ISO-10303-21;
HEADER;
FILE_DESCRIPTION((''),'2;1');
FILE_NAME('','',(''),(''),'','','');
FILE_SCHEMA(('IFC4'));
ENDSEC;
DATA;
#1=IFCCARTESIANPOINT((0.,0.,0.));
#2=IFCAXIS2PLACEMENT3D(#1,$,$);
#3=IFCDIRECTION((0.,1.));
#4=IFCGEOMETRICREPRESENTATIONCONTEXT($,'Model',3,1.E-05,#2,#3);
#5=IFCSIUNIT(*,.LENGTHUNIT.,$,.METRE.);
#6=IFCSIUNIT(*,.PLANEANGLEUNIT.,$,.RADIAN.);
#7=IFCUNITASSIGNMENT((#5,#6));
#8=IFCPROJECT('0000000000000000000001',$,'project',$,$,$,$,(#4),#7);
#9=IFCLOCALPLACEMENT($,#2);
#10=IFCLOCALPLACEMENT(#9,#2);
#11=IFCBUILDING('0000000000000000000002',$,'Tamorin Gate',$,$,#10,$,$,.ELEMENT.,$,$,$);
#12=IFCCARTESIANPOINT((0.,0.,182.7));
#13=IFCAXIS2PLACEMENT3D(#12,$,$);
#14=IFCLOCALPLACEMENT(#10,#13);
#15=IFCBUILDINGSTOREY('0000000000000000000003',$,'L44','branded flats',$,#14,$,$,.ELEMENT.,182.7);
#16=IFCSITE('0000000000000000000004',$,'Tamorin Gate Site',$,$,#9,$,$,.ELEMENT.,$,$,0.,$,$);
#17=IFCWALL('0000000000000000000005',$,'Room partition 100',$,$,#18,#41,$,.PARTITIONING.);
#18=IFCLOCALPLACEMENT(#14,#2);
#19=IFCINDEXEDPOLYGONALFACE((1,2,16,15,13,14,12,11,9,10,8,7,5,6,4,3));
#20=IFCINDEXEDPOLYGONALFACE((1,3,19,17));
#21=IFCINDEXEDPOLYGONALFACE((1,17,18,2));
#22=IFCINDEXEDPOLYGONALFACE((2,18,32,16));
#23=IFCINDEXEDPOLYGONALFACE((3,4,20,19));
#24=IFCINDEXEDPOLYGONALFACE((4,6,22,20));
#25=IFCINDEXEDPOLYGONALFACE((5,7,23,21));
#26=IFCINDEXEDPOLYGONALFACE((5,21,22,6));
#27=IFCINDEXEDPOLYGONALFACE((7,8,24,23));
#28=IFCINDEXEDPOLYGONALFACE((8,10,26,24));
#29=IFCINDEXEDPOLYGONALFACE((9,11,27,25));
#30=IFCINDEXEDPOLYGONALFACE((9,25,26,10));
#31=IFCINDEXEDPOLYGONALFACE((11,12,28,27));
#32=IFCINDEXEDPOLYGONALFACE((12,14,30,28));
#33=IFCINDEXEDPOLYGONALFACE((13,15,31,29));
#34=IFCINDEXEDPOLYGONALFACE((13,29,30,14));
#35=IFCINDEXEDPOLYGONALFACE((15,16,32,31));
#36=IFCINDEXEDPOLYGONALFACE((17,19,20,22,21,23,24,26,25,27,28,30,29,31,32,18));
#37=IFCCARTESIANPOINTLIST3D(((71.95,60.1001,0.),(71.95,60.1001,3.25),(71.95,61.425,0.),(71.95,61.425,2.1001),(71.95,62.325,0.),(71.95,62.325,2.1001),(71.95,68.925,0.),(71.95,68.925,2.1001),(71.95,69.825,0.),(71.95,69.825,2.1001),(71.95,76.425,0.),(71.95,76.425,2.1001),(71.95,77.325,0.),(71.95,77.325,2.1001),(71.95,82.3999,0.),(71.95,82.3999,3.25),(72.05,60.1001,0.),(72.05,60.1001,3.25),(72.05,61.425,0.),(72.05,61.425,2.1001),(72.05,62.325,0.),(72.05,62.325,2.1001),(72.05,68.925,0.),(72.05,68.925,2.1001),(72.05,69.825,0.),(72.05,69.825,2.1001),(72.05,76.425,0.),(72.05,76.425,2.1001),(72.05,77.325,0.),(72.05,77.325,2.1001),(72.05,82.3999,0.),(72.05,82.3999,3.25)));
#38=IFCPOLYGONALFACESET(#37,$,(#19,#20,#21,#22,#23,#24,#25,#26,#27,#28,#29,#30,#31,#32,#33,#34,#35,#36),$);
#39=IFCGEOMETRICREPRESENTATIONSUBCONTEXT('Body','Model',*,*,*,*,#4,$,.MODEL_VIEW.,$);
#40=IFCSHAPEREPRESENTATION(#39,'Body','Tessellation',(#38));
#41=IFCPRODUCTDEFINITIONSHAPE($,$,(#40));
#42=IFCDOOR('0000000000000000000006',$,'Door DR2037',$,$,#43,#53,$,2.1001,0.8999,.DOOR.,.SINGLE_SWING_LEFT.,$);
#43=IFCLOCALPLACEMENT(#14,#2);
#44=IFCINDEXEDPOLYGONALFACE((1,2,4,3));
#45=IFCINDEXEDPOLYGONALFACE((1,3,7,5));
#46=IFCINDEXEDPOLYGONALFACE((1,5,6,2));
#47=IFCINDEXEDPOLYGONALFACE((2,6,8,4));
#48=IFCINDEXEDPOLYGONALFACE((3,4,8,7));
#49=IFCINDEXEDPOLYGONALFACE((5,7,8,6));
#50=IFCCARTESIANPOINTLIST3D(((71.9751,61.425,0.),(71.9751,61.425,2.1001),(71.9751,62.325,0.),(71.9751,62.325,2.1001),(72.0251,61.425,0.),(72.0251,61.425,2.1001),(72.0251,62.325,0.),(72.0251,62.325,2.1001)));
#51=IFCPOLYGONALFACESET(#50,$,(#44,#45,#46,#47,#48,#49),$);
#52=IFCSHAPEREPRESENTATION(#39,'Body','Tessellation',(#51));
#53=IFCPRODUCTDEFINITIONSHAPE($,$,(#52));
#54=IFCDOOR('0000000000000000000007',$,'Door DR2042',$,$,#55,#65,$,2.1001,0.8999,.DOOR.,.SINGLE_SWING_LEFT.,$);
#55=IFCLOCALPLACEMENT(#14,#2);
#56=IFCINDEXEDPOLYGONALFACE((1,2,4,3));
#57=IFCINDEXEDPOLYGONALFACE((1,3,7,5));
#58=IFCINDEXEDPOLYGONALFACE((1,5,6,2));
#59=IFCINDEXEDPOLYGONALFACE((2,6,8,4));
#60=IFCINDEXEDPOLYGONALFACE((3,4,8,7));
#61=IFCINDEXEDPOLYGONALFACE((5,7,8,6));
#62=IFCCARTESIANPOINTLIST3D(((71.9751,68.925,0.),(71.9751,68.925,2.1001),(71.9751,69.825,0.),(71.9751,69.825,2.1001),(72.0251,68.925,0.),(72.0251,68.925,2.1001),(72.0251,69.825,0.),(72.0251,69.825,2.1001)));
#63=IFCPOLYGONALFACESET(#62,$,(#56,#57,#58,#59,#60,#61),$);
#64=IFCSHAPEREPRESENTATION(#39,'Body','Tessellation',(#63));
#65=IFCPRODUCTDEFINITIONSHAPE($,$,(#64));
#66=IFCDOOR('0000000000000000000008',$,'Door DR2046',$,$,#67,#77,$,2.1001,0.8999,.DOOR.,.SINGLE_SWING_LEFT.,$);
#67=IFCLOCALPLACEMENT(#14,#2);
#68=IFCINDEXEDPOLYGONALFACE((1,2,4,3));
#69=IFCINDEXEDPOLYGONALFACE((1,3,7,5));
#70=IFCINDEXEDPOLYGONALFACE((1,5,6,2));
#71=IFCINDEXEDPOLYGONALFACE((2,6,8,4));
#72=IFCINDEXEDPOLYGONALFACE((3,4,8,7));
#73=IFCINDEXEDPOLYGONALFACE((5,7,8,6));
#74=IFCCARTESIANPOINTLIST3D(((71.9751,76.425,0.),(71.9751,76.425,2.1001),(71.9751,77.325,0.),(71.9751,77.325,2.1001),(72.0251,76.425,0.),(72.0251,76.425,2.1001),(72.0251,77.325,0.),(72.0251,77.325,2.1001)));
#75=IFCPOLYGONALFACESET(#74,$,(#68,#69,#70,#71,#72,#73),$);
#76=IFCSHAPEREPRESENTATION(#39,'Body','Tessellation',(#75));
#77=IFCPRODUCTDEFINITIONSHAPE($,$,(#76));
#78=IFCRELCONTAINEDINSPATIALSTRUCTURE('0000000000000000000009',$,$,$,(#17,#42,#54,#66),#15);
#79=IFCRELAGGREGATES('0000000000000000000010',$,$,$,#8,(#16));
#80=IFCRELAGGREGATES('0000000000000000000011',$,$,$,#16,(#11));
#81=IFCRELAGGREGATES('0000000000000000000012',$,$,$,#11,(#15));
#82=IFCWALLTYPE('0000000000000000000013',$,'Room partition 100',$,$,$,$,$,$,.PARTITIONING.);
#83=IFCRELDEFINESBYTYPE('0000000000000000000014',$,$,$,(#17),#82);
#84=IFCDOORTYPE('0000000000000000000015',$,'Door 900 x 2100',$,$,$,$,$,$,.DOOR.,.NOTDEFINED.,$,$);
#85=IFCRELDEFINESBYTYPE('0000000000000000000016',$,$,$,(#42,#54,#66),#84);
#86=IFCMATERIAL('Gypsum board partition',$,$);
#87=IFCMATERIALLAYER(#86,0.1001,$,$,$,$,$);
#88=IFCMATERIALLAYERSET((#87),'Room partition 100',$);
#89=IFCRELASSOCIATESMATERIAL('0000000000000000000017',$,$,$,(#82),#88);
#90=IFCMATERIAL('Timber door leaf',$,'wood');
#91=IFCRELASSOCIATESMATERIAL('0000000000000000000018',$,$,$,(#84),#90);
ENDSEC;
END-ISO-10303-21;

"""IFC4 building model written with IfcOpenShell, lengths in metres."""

from ifc_helpers import new_model, si_unit, direction, frame, frame_2d, origin, place, context, subcontext, project, spatial, rectangle, extrude, material, layer, layer_set, type_object, element, fill, save


model = new_model("IFC4")

# Units and contexts
model_context = context("Model", 3, precision=1e-05, world=origin(), true_north=direction((0.0, 1.0)))
body_context = subcontext(model_context, "Body", "Model", "MODEL_VIEW")
ifc_project = project(units=[si_unit("LENGTHUNIT", "METRE"), si_unit("PLANEANGLEUNIT", "RADIAN")], contexts=[model_context])

# Site, building, storey
site_placement = place(None, origin())
site = spatial("IfcSite", under=ifc_project, at=site_placement, Name="Tamorin Gate Site", CompositionType="ELEMENT", RefElevation=0.0)
building_placement = place(site_placement, origin())
building = spatial("IfcBuilding", under=site, at=building_placement, Name="Tamorin Gate", CompositionType="ELEMENT")
storey_placement = place(building_placement, frame((0.0, 0.0, 182.7)))
storey = spatial("IfcBuildingStorey", under=building, at=storey_placement, Name="L44", Description="branded flats", CompositionType="ELEMENT", Elevation=182.7)

# Wall, openings, doors
ifc_material_1 = material(Name="Gypsum board partition")
ifc_layer_1 = layer(ifc_material_1, 0.1001)
ifc_layer_set_1 = layer_set([ifc_layer_1], Name="Room partition 100")
wall_type_1 = type_object("IfcWallType", Name="Room partition 100", PredefinedType="PARTITIONING", material=ifc_layer_set_1)
wall_1_placement = place(storey_placement, frame((72.0, 60.1001, 0.0), z_axis=(0.0, 0.0, 1.0), x_axis=(0.0, 1.0, 0.0)))
wall_1 = element("IfcWall", 1, at=wall_1_placement, inside=storey, type_object=wall_type_1, Name="Room partition 100", PredefinedType="PARTITIONING", context=body_context, shape_type="SweptSolid", body=[
    extrude(rectangle(XDim=22.2998, YDim=0.1001, at=frame_2d((11.1499, 0.0))), origin(), (0.0, 0.0, 1.0), 3.25),
])
opening_1_placement = place(wall_1_placement, frame((1.325, 0.0, 0.0)))
opening_1 = element("IfcOpeningElement", 2, at=opening_1_placement, cuts=wall_1, PredefinedType="OPENING", context=body_context, shape_type="SweptSolid", body=[
    extrude(rectangle(XDim=0.8999, YDim=2.1001, at=frame_2d((0.45, 1.05))), frame((0.0, 0.0601, 0.0), z_axis=(0.0, -1.0, 0.0), x_axis=(1.0, 0.0, 0.0)), (0.0, 0.0, 1.0), 0.1201),
])
opening_2_placement = place(wall_1_placement, frame((8.825, 0.0, 0.0)))
opening_2 = element("IfcOpeningElement", 3, at=opening_2_placement, cuts=wall_1, PredefinedType="OPENING", context=body_context, shape_type="SweptSolid", body=[
    extrude(rectangle(XDim=0.8999, YDim=2.1001, at=frame_2d((0.45, 1.05))), frame((0.0, 0.0601, 0.0), z_axis=(0.0, -1.0, 0.0), x_axis=(1.0, 0.0, 0.0)), (0.0, 0.0, 1.0), 0.1201),
])
opening_3_placement = place(wall_1_placement, frame((16.325, 0.0, 0.0)))
opening_3 = element("IfcOpeningElement", 4, at=opening_3_placement, cuts=wall_1, PredefinedType="OPENING", context=body_context, shape_type="SweptSolid", body=[
    extrude(rectangle(XDim=0.8999, YDim=2.1001, at=frame_2d((0.45, 1.05))), frame((0.0, 0.0601, 0.0), z_axis=(0.0, -1.0, 0.0), x_axis=(1.0, 0.0, 0.0)), (0.0, 0.0, 1.0), 0.1201),
])
ifc_material_2 = material(Name="Timber door leaf", Category="wood")
door_type = type_object("IfcDoorType", Name="Door 900 x 2100", OperationType="NOTDEFINED", PredefinedType="DOOR", material=ifc_material_2)
door_1_placement = place(opening_1_placement, origin())
door_1 = element("IfcDoor", 5, at=door_1_placement, inside=storey, type_object=door_type, Name="Door DR2037", OperationType="SINGLE_SWING_LEFT", OverallHeight=2.1001, OverallWidth=0.8999, PredefinedType="DOOR", context=body_context, shape_type="SweptSolid", body=[
    extrude(rectangle(XDim=0.8999, YDim=2.1001, at=frame_2d((0.45, 1.05))), frame((0.0, 0.0249, 0.0), z_axis=(0.0, -1.0, 0.0), x_axis=(1.0, 0.0, 0.0)), (0.0, 0.0, 1.0), 0.05),
])
fill(opening_1, door_1)
door_2_placement = place(opening_2_placement, origin())
door_2 = element("IfcDoor", 6, at=door_2_placement, inside=storey, type_object=door_type, Name="Door DR2042", OperationType="SINGLE_SWING_LEFT", OverallHeight=2.1001, OverallWidth=0.8999, PredefinedType="DOOR", context=body_context, shape_type="SweptSolid", body=[
    extrude(rectangle(XDim=0.8999, YDim=2.1001, at=frame_2d((0.45, 1.05))), frame((0.0, 0.0249, 0.0), z_axis=(0.0, -1.0, 0.0), x_axis=(1.0, 0.0, 0.0)), (0.0, 0.0, 1.0), 0.05),
])
fill(opening_2, door_2)
door_3_placement = place(opening_3_placement, origin())
door_3 = element("IfcDoor", 7, at=door_3_placement, inside=storey, type_object=door_type, Name="Door DR2046", OperationType="SINGLE_SWING_LEFT", OverallHeight=2.1001, OverallWidth=0.8999, PredefinedType="DOOR", context=body_context, shape_type="SweptSolid", body=[
    extrude(rectangle(XDim=0.8999, YDim=2.1001, at=frame_2d((0.45, 1.05))), frame((0.0, 0.0249, 0.0), z_axis=(0.0, -1.0, 0.0), x_axis=(1.0, 0.0, 0.0)), (0.0, 0.0, 1.0), 0.05),
])
fill(opening_3, door_3)

save(model, "model.ifc")
